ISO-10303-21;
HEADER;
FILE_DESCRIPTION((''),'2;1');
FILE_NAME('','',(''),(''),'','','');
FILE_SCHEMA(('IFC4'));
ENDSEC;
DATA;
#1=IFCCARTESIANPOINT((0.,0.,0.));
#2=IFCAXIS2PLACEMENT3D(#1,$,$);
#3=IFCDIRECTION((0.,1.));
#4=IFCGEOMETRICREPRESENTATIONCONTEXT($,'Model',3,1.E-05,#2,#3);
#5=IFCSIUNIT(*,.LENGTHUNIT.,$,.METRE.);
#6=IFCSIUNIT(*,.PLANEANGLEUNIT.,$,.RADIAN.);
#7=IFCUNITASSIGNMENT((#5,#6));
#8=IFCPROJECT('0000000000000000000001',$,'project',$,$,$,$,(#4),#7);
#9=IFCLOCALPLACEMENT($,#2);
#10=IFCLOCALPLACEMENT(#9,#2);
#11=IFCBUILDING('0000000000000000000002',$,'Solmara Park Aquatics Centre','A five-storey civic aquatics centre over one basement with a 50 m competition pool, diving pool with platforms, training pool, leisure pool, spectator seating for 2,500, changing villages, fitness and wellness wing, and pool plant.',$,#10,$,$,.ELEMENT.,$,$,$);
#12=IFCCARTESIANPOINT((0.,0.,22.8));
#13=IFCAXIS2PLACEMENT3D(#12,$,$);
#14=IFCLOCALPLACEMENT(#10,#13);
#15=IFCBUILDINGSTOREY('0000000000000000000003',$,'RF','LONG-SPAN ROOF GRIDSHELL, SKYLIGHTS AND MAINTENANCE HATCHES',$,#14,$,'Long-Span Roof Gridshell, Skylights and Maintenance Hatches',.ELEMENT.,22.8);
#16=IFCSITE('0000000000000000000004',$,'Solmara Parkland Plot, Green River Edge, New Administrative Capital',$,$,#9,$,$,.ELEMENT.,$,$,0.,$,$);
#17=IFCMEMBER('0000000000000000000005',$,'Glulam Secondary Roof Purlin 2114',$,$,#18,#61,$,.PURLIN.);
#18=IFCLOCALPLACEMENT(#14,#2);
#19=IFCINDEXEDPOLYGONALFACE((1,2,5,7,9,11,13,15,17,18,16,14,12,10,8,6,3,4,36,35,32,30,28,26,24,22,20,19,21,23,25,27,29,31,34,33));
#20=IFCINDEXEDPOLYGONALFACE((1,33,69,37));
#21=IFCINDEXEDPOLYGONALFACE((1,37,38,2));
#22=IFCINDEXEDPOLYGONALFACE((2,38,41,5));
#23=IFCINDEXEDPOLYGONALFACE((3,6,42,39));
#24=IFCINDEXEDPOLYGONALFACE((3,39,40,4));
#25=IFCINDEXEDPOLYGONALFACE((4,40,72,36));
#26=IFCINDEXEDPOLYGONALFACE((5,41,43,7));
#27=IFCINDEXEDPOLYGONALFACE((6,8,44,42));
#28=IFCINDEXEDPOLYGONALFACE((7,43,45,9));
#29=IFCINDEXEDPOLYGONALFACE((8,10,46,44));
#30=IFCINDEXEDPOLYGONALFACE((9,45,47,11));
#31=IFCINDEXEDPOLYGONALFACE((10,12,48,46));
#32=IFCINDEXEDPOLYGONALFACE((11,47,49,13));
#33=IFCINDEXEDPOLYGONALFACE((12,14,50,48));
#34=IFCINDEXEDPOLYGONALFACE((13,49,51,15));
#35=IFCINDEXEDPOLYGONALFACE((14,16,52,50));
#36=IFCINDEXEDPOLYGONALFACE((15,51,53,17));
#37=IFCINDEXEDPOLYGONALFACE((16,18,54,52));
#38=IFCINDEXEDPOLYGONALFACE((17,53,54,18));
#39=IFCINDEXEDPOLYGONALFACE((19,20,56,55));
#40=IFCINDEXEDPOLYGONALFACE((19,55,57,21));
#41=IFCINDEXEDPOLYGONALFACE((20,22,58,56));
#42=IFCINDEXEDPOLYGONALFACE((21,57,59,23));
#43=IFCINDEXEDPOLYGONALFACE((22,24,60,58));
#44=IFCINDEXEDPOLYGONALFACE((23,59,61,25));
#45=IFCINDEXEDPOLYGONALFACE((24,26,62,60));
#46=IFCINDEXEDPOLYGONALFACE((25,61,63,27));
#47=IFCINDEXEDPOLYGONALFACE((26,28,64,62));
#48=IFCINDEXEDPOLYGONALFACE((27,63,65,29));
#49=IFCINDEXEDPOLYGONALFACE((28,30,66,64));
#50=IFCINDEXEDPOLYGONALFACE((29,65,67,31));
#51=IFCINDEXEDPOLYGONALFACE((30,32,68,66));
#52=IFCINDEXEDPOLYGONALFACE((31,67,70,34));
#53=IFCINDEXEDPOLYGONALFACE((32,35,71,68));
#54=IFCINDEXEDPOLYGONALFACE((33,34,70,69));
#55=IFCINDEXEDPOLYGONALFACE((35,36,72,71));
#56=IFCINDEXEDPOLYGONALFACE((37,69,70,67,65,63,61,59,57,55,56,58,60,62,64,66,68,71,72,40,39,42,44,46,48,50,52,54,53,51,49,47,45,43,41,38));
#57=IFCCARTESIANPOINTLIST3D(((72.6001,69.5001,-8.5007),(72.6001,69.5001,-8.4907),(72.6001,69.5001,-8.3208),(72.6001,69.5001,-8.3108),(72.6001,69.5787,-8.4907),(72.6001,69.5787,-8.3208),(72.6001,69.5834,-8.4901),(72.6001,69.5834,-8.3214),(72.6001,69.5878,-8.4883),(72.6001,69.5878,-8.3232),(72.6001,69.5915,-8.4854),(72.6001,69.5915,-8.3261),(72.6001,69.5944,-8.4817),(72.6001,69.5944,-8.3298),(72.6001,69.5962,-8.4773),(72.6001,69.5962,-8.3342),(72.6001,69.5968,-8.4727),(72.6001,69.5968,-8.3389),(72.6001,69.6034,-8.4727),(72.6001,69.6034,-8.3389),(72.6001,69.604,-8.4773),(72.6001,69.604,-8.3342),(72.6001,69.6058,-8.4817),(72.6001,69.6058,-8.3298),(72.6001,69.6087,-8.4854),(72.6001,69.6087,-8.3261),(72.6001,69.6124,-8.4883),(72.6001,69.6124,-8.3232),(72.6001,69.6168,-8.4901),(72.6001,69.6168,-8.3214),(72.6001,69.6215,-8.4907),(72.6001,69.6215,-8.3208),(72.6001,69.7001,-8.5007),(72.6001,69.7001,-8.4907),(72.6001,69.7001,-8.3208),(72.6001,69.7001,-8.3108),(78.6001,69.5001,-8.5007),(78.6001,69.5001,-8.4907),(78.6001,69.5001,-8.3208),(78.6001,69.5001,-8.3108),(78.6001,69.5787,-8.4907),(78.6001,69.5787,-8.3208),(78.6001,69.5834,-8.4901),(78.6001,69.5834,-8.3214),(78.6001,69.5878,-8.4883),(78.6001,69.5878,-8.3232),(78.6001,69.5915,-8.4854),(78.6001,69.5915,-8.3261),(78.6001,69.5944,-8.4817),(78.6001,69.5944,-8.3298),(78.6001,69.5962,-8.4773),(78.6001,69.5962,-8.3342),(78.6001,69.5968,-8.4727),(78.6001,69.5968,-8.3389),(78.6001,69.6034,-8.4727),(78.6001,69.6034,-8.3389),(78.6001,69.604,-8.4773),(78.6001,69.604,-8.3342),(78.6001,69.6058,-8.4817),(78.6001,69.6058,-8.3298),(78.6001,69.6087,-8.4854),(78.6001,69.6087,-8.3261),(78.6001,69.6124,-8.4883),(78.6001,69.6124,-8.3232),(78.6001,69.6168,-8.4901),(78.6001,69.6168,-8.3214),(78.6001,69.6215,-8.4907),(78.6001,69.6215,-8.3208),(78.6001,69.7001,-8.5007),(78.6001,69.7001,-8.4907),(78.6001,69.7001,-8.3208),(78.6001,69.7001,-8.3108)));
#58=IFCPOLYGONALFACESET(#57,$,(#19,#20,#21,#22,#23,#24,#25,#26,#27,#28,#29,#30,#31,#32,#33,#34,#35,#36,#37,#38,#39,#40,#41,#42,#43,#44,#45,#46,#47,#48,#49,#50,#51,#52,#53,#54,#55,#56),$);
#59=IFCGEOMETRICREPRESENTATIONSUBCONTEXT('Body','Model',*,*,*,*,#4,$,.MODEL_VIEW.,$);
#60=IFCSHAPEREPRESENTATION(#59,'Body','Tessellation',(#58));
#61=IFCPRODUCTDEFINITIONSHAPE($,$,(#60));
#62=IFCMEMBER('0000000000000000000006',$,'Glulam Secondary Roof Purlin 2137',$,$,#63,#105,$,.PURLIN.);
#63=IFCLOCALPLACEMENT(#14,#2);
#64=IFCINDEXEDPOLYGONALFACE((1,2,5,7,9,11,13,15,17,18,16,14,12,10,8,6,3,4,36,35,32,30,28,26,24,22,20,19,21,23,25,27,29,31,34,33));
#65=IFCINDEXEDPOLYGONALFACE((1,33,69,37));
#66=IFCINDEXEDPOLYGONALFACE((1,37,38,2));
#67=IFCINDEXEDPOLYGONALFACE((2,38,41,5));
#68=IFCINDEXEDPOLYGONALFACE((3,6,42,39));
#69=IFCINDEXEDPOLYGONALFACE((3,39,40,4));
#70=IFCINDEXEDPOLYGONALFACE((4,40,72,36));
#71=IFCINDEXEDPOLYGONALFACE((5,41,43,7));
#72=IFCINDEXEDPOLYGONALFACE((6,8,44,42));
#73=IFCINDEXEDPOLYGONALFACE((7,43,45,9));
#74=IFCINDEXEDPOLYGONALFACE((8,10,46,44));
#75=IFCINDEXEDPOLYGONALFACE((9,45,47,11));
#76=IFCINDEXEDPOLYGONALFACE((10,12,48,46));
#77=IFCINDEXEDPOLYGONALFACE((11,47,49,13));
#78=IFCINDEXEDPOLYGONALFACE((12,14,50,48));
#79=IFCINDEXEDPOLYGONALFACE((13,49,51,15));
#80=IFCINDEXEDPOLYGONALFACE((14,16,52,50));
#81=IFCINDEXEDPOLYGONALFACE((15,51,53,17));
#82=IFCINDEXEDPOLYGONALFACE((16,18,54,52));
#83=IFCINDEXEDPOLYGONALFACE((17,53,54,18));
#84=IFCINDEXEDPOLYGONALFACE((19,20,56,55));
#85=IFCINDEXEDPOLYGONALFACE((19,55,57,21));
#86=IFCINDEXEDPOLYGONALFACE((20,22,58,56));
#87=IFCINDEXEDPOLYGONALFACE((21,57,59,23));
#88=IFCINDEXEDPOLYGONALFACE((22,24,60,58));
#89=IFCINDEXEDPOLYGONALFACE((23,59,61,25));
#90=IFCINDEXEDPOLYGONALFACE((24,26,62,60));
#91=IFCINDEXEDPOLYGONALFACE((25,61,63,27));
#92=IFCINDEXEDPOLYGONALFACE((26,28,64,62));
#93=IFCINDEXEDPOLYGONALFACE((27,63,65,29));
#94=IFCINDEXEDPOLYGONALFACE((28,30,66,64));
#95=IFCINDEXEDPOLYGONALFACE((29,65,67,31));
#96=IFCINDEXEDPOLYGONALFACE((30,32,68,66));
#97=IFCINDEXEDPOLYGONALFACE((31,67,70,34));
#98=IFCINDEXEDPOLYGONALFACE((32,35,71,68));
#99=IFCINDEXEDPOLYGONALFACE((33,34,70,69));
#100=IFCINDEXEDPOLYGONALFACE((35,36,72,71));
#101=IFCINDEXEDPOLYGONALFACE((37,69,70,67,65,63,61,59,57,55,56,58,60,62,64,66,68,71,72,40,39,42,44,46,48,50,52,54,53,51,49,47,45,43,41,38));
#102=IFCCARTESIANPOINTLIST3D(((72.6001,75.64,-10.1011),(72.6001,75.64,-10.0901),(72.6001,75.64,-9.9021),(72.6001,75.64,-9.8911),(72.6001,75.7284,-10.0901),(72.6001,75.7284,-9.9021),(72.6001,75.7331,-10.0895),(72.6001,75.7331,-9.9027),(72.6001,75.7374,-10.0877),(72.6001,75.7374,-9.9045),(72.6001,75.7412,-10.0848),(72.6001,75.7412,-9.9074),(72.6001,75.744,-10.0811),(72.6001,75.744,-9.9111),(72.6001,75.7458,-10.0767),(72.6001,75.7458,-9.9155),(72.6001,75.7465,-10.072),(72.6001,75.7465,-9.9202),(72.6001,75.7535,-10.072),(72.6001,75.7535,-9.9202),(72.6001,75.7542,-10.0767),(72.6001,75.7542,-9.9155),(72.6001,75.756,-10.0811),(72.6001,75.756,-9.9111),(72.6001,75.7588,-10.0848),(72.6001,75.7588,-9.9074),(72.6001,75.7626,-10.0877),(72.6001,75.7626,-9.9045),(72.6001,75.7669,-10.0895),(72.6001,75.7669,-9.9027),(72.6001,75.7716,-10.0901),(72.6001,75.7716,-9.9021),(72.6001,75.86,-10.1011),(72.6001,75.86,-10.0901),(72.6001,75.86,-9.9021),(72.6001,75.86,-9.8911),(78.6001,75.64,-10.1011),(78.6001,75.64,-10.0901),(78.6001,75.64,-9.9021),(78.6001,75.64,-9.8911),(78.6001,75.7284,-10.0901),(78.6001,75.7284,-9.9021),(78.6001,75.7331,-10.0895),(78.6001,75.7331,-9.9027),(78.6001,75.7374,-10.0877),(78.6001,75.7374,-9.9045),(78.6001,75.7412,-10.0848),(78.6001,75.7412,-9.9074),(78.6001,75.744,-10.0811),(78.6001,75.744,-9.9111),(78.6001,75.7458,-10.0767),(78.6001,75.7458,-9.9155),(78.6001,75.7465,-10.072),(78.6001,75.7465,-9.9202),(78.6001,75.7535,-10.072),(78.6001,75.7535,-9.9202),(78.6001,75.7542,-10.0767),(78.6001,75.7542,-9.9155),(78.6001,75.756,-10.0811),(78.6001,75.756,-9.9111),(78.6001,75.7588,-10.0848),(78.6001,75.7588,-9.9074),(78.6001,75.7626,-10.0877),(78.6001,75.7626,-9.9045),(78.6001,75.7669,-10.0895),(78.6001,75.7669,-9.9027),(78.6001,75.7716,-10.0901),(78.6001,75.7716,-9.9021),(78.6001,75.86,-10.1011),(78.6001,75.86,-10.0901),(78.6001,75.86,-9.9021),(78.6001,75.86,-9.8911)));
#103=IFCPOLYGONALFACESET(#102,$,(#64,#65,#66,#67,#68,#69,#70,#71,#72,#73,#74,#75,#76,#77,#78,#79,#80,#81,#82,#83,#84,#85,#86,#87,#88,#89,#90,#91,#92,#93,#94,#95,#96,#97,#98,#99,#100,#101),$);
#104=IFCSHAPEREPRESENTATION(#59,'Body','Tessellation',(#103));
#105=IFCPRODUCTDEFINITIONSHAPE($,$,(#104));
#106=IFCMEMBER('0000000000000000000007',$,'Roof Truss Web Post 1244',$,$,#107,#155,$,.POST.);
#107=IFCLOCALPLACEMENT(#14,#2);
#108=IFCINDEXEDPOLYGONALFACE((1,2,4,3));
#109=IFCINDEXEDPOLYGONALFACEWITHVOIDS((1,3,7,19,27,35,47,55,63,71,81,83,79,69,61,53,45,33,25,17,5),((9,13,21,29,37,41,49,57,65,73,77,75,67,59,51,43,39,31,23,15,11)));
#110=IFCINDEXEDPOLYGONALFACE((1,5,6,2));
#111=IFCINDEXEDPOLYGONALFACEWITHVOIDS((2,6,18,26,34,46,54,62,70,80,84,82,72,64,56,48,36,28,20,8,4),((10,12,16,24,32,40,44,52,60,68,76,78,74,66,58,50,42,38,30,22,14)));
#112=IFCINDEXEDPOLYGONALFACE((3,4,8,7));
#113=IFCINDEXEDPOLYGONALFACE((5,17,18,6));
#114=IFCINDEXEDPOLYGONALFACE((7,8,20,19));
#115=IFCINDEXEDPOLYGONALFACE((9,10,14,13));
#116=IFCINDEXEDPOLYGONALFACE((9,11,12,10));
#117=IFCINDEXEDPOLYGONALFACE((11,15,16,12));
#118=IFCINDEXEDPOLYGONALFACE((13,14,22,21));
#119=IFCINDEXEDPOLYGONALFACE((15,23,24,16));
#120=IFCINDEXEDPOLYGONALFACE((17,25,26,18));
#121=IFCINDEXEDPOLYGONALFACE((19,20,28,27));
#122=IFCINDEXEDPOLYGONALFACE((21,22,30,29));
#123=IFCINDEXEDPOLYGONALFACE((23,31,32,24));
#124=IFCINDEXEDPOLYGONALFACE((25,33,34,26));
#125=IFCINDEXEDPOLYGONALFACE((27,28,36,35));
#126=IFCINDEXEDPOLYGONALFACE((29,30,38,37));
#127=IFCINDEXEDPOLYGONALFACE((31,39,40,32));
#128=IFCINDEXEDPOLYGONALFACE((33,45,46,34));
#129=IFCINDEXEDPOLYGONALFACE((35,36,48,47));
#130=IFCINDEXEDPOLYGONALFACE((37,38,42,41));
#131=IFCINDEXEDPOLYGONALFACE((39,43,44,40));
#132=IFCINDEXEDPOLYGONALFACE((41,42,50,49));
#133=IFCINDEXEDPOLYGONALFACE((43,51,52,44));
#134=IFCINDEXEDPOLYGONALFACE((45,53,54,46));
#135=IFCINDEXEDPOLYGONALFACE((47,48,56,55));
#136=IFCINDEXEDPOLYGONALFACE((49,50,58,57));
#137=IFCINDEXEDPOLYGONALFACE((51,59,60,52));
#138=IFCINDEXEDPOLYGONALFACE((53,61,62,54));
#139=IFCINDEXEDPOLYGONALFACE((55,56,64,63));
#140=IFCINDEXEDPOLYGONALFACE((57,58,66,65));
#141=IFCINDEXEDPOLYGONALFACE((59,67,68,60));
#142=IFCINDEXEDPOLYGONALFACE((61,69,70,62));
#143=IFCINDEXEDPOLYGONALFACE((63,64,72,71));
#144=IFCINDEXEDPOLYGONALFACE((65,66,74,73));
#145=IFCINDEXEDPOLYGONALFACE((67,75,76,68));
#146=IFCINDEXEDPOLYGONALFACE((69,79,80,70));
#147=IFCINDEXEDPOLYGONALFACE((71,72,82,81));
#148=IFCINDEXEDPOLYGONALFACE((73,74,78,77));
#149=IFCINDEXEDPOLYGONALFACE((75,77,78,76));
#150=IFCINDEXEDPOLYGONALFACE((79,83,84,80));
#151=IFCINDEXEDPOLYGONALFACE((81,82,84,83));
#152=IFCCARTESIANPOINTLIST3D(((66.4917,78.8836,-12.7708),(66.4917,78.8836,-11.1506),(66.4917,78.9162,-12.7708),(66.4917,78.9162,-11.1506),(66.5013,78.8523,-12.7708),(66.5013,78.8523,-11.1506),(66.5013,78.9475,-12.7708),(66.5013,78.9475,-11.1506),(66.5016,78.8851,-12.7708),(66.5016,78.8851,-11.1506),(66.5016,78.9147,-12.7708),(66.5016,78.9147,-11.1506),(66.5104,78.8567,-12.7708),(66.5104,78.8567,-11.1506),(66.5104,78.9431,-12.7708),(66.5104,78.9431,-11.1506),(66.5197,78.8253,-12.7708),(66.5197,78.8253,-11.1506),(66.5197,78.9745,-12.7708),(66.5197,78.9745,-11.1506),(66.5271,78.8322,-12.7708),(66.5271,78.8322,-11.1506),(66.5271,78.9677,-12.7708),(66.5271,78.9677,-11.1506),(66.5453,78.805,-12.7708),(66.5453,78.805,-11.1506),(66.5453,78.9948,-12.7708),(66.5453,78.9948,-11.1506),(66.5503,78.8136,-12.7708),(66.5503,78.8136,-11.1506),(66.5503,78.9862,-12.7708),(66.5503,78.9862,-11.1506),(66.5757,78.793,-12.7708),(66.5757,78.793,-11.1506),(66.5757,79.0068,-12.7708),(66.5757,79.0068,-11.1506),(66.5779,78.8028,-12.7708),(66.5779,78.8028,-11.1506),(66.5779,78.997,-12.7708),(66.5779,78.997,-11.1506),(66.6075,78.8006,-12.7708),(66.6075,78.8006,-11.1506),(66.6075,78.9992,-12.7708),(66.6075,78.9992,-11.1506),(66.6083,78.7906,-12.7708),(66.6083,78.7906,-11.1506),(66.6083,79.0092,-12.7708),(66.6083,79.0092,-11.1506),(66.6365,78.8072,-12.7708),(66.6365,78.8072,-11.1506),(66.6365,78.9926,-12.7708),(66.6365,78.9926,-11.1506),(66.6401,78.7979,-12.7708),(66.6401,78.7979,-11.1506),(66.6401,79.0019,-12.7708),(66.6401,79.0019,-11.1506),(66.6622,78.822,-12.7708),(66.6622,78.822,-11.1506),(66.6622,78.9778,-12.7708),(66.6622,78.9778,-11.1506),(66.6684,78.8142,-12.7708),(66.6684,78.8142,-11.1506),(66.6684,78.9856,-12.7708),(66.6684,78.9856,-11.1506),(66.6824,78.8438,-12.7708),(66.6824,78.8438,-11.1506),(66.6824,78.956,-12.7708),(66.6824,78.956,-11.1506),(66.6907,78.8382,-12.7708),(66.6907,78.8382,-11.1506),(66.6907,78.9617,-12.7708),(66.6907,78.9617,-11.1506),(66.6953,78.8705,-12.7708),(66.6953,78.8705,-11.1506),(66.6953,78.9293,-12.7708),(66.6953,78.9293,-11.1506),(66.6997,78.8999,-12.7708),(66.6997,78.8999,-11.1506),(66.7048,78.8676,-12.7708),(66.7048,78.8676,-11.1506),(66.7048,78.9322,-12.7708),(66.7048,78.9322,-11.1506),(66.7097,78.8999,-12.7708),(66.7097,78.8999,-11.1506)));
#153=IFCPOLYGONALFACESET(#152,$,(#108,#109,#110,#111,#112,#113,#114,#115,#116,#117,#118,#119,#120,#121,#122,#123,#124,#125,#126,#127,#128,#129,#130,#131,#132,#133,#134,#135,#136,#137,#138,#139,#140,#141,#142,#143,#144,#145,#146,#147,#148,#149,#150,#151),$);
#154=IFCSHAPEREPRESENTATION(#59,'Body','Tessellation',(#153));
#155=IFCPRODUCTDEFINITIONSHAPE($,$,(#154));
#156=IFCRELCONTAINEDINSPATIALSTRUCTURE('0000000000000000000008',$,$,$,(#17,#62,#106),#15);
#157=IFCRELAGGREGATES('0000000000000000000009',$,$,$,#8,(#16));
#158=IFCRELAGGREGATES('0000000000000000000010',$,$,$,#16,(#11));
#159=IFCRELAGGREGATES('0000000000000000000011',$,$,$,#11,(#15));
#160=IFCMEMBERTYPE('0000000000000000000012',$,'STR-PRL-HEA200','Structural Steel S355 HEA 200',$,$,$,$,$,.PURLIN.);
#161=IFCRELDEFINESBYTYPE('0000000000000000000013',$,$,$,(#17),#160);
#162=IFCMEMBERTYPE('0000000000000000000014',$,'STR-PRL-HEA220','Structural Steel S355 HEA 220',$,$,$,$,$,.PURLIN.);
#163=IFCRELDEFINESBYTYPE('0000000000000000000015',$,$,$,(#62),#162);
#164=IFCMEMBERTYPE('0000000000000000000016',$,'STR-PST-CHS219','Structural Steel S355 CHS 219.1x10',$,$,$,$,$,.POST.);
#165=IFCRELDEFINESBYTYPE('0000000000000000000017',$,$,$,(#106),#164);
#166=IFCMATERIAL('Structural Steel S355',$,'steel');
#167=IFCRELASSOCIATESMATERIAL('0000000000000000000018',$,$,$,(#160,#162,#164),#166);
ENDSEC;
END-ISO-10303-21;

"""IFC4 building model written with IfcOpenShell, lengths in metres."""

from ifc_helpers import new_model, si_unit, direction, frame, origin, origin_2d, place, context, subcontext, project, spatial, hollow_circle, i_section, extrude, material, material_profile, profile_set, type_object, element, save


model = new_model("IFC4")

# Units and contexts
model_context = context("Model", 3, precision=1e-05, world=origin(), true_north=direction((0.0, 1.0)))
body_context = subcontext(model_context, "Body", "Model", "MODEL_VIEW")
ifc_project = project(units=[si_unit("LENGTHUNIT", "METRE"), si_unit("PLANEANGLEUNIT", "RADIAN")], contexts=[model_context])

# Site, building, storey
site_placement = place(None, origin())
site = spatial("IfcSite", under=ifc_project, at=site_placement, Name="Solmara Parkland Plot, Green River Edge, New Administrative Capital", CompositionType="ELEMENT", RefElevation=0.0)
building_placement = place(site_placement, origin())
building = spatial("IfcBuilding", under=site, at=building_placement, Name="Solmara Park Aquatics Centre", Description="A five-storey civic aquatics centre over one basement with a 50 m competition pool, diving pool with platforms, training pool, leisure pool, spectator seating for 2,500, changing villages, fitness and wellness wing, and pool plant.", CompositionType="ELEMENT")
storey_placement = place(building_placement, frame((0.0, 0.0, 22.8)))
storey = spatial("IfcBuildingStorey", under=building, at=storey_placement, Name="RF", Description="LONG-SPAN ROOF GRIDSHELL, SKYLIGHTS AND MAINTENANCE HATCHES", LongName="Long-Span Roof Gridshell, Skylights and Maintenance Hatches", CompositionType="ELEMENT", Elevation=22.8)

# Members
ifc_material_1 = material(Name="Structural Steel S355", Category="steel")
ifc_material_profile_1 = material_profile(ifc_material_1, i_section(OverallWidth=0.2, OverallDepth=0.1899, WebThickness=0.0066, FlangeThickness=0.01, FilletRadius=0.0181, at=origin_2d()), Name="HEA 200")
ifc_profile_set_1 = profile_set([ifc_material_profile_1], Name="Structural Steel S355")
member_type_1 = type_object("IfcMemberType", Name="STR-PRL-HEA200", Description="Structural Steel S355 HEA 200", PredefinedType="PURLIN", material=ifc_profile_set_1)
member_1_placement = place(storey_placement, frame((72.6001, 69.6001, -8.4058), z_axis=(1.0, 0.0, 0.0), x_axis=(0.0, 1.0, 0.0)))
element("IfcMember", 1, at=member_1_placement, inside=storey, type_object=member_type_1, Name="Glulam Secondary Roof Purlin 2114", PredefinedType="PURLIN", context=body_context, shape_type="SweptSolid", body=[
    extrude(i_section(OverallWidth=0.2, OverallDepth=0.1899, WebThickness=0.0066, FlangeThickness=0.01, FilletRadius=0.0181, at=origin_2d()), origin(), (0.0, 0.0, 1.0), 6.0),
])
ifc_material_profile_2 = material_profile(ifc_material_1, i_section(OverallWidth=0.22, OverallDepth=0.21, WebThickness=0.0071, FlangeThickness=0.011, FilletRadius=0.0181, at=origin_2d()), Name="HEA 220")
ifc_profile_set_2 = profile_set([ifc_material_profile_2], Name="Structural Steel S355")
member_type_2 = type_object("IfcMemberType", Name="STR-PRL-HEA220", Description="Structural Steel S355 HEA 220", PredefinedType="PURLIN", material=ifc_profile_set_2)
member_2_placement = place(storey_placement, frame((72.6001, 75.75, -9.9961), z_axis=(1.0, 0.0, 0.0), x_axis=(0.0, 1.0, 0.0)))
element("IfcMember", 2, at=member_2_placement, inside=storey, type_object=member_type_2, Name="Glulam Secondary Roof Purlin 2137", PredefinedType="PURLIN", context=body_context, shape_type="SweptSolid", body=[
    extrude(i_section(OverallWidth=0.22, OverallDepth=0.21, WebThickness=0.0071, FlangeThickness=0.011, FilletRadius=0.0181, at=origin_2d()), origin(), (0.0, 0.0, 1.0), 6.0),
])
ifc_material_profile_3 = material_profile(ifc_material_1, hollow_circle(Radius=0.1096, WallThickness=0.01, at=origin_2d()), Name="CHS 219.1x10")
ifc_profile_set_3 = profile_set([ifc_material_profile_3], Name="Structural Steel S355")
member_type_3 = type_object("IfcMemberType", Name="STR-PST-CHS219", Description="Structural Steel S355 CHS 219.1x10", PredefinedType="POST", material=ifc_profile_set_3)
member_3_placement = place(storey_placement, frame((66.6001, 78.8999, -12.7708), z_axis=(0.0, 0.0, 1.0), x_axis=(1.0, 0.0, 0.0)))
element("IfcMember", 3, at=member_3_placement, inside=storey, type_object=member_type_3, Name="Roof Truss Web Post 1244", PredefinedType="POST", context=body_context, shape_type="SweptSolid", body=[
    extrude(hollow_circle(Radius=0.1096, WallThickness=0.01, at=origin_2d()), origin(), (0.0, 0.0, 1.0), 1.6201),
])

save(model, "model.ifc")
